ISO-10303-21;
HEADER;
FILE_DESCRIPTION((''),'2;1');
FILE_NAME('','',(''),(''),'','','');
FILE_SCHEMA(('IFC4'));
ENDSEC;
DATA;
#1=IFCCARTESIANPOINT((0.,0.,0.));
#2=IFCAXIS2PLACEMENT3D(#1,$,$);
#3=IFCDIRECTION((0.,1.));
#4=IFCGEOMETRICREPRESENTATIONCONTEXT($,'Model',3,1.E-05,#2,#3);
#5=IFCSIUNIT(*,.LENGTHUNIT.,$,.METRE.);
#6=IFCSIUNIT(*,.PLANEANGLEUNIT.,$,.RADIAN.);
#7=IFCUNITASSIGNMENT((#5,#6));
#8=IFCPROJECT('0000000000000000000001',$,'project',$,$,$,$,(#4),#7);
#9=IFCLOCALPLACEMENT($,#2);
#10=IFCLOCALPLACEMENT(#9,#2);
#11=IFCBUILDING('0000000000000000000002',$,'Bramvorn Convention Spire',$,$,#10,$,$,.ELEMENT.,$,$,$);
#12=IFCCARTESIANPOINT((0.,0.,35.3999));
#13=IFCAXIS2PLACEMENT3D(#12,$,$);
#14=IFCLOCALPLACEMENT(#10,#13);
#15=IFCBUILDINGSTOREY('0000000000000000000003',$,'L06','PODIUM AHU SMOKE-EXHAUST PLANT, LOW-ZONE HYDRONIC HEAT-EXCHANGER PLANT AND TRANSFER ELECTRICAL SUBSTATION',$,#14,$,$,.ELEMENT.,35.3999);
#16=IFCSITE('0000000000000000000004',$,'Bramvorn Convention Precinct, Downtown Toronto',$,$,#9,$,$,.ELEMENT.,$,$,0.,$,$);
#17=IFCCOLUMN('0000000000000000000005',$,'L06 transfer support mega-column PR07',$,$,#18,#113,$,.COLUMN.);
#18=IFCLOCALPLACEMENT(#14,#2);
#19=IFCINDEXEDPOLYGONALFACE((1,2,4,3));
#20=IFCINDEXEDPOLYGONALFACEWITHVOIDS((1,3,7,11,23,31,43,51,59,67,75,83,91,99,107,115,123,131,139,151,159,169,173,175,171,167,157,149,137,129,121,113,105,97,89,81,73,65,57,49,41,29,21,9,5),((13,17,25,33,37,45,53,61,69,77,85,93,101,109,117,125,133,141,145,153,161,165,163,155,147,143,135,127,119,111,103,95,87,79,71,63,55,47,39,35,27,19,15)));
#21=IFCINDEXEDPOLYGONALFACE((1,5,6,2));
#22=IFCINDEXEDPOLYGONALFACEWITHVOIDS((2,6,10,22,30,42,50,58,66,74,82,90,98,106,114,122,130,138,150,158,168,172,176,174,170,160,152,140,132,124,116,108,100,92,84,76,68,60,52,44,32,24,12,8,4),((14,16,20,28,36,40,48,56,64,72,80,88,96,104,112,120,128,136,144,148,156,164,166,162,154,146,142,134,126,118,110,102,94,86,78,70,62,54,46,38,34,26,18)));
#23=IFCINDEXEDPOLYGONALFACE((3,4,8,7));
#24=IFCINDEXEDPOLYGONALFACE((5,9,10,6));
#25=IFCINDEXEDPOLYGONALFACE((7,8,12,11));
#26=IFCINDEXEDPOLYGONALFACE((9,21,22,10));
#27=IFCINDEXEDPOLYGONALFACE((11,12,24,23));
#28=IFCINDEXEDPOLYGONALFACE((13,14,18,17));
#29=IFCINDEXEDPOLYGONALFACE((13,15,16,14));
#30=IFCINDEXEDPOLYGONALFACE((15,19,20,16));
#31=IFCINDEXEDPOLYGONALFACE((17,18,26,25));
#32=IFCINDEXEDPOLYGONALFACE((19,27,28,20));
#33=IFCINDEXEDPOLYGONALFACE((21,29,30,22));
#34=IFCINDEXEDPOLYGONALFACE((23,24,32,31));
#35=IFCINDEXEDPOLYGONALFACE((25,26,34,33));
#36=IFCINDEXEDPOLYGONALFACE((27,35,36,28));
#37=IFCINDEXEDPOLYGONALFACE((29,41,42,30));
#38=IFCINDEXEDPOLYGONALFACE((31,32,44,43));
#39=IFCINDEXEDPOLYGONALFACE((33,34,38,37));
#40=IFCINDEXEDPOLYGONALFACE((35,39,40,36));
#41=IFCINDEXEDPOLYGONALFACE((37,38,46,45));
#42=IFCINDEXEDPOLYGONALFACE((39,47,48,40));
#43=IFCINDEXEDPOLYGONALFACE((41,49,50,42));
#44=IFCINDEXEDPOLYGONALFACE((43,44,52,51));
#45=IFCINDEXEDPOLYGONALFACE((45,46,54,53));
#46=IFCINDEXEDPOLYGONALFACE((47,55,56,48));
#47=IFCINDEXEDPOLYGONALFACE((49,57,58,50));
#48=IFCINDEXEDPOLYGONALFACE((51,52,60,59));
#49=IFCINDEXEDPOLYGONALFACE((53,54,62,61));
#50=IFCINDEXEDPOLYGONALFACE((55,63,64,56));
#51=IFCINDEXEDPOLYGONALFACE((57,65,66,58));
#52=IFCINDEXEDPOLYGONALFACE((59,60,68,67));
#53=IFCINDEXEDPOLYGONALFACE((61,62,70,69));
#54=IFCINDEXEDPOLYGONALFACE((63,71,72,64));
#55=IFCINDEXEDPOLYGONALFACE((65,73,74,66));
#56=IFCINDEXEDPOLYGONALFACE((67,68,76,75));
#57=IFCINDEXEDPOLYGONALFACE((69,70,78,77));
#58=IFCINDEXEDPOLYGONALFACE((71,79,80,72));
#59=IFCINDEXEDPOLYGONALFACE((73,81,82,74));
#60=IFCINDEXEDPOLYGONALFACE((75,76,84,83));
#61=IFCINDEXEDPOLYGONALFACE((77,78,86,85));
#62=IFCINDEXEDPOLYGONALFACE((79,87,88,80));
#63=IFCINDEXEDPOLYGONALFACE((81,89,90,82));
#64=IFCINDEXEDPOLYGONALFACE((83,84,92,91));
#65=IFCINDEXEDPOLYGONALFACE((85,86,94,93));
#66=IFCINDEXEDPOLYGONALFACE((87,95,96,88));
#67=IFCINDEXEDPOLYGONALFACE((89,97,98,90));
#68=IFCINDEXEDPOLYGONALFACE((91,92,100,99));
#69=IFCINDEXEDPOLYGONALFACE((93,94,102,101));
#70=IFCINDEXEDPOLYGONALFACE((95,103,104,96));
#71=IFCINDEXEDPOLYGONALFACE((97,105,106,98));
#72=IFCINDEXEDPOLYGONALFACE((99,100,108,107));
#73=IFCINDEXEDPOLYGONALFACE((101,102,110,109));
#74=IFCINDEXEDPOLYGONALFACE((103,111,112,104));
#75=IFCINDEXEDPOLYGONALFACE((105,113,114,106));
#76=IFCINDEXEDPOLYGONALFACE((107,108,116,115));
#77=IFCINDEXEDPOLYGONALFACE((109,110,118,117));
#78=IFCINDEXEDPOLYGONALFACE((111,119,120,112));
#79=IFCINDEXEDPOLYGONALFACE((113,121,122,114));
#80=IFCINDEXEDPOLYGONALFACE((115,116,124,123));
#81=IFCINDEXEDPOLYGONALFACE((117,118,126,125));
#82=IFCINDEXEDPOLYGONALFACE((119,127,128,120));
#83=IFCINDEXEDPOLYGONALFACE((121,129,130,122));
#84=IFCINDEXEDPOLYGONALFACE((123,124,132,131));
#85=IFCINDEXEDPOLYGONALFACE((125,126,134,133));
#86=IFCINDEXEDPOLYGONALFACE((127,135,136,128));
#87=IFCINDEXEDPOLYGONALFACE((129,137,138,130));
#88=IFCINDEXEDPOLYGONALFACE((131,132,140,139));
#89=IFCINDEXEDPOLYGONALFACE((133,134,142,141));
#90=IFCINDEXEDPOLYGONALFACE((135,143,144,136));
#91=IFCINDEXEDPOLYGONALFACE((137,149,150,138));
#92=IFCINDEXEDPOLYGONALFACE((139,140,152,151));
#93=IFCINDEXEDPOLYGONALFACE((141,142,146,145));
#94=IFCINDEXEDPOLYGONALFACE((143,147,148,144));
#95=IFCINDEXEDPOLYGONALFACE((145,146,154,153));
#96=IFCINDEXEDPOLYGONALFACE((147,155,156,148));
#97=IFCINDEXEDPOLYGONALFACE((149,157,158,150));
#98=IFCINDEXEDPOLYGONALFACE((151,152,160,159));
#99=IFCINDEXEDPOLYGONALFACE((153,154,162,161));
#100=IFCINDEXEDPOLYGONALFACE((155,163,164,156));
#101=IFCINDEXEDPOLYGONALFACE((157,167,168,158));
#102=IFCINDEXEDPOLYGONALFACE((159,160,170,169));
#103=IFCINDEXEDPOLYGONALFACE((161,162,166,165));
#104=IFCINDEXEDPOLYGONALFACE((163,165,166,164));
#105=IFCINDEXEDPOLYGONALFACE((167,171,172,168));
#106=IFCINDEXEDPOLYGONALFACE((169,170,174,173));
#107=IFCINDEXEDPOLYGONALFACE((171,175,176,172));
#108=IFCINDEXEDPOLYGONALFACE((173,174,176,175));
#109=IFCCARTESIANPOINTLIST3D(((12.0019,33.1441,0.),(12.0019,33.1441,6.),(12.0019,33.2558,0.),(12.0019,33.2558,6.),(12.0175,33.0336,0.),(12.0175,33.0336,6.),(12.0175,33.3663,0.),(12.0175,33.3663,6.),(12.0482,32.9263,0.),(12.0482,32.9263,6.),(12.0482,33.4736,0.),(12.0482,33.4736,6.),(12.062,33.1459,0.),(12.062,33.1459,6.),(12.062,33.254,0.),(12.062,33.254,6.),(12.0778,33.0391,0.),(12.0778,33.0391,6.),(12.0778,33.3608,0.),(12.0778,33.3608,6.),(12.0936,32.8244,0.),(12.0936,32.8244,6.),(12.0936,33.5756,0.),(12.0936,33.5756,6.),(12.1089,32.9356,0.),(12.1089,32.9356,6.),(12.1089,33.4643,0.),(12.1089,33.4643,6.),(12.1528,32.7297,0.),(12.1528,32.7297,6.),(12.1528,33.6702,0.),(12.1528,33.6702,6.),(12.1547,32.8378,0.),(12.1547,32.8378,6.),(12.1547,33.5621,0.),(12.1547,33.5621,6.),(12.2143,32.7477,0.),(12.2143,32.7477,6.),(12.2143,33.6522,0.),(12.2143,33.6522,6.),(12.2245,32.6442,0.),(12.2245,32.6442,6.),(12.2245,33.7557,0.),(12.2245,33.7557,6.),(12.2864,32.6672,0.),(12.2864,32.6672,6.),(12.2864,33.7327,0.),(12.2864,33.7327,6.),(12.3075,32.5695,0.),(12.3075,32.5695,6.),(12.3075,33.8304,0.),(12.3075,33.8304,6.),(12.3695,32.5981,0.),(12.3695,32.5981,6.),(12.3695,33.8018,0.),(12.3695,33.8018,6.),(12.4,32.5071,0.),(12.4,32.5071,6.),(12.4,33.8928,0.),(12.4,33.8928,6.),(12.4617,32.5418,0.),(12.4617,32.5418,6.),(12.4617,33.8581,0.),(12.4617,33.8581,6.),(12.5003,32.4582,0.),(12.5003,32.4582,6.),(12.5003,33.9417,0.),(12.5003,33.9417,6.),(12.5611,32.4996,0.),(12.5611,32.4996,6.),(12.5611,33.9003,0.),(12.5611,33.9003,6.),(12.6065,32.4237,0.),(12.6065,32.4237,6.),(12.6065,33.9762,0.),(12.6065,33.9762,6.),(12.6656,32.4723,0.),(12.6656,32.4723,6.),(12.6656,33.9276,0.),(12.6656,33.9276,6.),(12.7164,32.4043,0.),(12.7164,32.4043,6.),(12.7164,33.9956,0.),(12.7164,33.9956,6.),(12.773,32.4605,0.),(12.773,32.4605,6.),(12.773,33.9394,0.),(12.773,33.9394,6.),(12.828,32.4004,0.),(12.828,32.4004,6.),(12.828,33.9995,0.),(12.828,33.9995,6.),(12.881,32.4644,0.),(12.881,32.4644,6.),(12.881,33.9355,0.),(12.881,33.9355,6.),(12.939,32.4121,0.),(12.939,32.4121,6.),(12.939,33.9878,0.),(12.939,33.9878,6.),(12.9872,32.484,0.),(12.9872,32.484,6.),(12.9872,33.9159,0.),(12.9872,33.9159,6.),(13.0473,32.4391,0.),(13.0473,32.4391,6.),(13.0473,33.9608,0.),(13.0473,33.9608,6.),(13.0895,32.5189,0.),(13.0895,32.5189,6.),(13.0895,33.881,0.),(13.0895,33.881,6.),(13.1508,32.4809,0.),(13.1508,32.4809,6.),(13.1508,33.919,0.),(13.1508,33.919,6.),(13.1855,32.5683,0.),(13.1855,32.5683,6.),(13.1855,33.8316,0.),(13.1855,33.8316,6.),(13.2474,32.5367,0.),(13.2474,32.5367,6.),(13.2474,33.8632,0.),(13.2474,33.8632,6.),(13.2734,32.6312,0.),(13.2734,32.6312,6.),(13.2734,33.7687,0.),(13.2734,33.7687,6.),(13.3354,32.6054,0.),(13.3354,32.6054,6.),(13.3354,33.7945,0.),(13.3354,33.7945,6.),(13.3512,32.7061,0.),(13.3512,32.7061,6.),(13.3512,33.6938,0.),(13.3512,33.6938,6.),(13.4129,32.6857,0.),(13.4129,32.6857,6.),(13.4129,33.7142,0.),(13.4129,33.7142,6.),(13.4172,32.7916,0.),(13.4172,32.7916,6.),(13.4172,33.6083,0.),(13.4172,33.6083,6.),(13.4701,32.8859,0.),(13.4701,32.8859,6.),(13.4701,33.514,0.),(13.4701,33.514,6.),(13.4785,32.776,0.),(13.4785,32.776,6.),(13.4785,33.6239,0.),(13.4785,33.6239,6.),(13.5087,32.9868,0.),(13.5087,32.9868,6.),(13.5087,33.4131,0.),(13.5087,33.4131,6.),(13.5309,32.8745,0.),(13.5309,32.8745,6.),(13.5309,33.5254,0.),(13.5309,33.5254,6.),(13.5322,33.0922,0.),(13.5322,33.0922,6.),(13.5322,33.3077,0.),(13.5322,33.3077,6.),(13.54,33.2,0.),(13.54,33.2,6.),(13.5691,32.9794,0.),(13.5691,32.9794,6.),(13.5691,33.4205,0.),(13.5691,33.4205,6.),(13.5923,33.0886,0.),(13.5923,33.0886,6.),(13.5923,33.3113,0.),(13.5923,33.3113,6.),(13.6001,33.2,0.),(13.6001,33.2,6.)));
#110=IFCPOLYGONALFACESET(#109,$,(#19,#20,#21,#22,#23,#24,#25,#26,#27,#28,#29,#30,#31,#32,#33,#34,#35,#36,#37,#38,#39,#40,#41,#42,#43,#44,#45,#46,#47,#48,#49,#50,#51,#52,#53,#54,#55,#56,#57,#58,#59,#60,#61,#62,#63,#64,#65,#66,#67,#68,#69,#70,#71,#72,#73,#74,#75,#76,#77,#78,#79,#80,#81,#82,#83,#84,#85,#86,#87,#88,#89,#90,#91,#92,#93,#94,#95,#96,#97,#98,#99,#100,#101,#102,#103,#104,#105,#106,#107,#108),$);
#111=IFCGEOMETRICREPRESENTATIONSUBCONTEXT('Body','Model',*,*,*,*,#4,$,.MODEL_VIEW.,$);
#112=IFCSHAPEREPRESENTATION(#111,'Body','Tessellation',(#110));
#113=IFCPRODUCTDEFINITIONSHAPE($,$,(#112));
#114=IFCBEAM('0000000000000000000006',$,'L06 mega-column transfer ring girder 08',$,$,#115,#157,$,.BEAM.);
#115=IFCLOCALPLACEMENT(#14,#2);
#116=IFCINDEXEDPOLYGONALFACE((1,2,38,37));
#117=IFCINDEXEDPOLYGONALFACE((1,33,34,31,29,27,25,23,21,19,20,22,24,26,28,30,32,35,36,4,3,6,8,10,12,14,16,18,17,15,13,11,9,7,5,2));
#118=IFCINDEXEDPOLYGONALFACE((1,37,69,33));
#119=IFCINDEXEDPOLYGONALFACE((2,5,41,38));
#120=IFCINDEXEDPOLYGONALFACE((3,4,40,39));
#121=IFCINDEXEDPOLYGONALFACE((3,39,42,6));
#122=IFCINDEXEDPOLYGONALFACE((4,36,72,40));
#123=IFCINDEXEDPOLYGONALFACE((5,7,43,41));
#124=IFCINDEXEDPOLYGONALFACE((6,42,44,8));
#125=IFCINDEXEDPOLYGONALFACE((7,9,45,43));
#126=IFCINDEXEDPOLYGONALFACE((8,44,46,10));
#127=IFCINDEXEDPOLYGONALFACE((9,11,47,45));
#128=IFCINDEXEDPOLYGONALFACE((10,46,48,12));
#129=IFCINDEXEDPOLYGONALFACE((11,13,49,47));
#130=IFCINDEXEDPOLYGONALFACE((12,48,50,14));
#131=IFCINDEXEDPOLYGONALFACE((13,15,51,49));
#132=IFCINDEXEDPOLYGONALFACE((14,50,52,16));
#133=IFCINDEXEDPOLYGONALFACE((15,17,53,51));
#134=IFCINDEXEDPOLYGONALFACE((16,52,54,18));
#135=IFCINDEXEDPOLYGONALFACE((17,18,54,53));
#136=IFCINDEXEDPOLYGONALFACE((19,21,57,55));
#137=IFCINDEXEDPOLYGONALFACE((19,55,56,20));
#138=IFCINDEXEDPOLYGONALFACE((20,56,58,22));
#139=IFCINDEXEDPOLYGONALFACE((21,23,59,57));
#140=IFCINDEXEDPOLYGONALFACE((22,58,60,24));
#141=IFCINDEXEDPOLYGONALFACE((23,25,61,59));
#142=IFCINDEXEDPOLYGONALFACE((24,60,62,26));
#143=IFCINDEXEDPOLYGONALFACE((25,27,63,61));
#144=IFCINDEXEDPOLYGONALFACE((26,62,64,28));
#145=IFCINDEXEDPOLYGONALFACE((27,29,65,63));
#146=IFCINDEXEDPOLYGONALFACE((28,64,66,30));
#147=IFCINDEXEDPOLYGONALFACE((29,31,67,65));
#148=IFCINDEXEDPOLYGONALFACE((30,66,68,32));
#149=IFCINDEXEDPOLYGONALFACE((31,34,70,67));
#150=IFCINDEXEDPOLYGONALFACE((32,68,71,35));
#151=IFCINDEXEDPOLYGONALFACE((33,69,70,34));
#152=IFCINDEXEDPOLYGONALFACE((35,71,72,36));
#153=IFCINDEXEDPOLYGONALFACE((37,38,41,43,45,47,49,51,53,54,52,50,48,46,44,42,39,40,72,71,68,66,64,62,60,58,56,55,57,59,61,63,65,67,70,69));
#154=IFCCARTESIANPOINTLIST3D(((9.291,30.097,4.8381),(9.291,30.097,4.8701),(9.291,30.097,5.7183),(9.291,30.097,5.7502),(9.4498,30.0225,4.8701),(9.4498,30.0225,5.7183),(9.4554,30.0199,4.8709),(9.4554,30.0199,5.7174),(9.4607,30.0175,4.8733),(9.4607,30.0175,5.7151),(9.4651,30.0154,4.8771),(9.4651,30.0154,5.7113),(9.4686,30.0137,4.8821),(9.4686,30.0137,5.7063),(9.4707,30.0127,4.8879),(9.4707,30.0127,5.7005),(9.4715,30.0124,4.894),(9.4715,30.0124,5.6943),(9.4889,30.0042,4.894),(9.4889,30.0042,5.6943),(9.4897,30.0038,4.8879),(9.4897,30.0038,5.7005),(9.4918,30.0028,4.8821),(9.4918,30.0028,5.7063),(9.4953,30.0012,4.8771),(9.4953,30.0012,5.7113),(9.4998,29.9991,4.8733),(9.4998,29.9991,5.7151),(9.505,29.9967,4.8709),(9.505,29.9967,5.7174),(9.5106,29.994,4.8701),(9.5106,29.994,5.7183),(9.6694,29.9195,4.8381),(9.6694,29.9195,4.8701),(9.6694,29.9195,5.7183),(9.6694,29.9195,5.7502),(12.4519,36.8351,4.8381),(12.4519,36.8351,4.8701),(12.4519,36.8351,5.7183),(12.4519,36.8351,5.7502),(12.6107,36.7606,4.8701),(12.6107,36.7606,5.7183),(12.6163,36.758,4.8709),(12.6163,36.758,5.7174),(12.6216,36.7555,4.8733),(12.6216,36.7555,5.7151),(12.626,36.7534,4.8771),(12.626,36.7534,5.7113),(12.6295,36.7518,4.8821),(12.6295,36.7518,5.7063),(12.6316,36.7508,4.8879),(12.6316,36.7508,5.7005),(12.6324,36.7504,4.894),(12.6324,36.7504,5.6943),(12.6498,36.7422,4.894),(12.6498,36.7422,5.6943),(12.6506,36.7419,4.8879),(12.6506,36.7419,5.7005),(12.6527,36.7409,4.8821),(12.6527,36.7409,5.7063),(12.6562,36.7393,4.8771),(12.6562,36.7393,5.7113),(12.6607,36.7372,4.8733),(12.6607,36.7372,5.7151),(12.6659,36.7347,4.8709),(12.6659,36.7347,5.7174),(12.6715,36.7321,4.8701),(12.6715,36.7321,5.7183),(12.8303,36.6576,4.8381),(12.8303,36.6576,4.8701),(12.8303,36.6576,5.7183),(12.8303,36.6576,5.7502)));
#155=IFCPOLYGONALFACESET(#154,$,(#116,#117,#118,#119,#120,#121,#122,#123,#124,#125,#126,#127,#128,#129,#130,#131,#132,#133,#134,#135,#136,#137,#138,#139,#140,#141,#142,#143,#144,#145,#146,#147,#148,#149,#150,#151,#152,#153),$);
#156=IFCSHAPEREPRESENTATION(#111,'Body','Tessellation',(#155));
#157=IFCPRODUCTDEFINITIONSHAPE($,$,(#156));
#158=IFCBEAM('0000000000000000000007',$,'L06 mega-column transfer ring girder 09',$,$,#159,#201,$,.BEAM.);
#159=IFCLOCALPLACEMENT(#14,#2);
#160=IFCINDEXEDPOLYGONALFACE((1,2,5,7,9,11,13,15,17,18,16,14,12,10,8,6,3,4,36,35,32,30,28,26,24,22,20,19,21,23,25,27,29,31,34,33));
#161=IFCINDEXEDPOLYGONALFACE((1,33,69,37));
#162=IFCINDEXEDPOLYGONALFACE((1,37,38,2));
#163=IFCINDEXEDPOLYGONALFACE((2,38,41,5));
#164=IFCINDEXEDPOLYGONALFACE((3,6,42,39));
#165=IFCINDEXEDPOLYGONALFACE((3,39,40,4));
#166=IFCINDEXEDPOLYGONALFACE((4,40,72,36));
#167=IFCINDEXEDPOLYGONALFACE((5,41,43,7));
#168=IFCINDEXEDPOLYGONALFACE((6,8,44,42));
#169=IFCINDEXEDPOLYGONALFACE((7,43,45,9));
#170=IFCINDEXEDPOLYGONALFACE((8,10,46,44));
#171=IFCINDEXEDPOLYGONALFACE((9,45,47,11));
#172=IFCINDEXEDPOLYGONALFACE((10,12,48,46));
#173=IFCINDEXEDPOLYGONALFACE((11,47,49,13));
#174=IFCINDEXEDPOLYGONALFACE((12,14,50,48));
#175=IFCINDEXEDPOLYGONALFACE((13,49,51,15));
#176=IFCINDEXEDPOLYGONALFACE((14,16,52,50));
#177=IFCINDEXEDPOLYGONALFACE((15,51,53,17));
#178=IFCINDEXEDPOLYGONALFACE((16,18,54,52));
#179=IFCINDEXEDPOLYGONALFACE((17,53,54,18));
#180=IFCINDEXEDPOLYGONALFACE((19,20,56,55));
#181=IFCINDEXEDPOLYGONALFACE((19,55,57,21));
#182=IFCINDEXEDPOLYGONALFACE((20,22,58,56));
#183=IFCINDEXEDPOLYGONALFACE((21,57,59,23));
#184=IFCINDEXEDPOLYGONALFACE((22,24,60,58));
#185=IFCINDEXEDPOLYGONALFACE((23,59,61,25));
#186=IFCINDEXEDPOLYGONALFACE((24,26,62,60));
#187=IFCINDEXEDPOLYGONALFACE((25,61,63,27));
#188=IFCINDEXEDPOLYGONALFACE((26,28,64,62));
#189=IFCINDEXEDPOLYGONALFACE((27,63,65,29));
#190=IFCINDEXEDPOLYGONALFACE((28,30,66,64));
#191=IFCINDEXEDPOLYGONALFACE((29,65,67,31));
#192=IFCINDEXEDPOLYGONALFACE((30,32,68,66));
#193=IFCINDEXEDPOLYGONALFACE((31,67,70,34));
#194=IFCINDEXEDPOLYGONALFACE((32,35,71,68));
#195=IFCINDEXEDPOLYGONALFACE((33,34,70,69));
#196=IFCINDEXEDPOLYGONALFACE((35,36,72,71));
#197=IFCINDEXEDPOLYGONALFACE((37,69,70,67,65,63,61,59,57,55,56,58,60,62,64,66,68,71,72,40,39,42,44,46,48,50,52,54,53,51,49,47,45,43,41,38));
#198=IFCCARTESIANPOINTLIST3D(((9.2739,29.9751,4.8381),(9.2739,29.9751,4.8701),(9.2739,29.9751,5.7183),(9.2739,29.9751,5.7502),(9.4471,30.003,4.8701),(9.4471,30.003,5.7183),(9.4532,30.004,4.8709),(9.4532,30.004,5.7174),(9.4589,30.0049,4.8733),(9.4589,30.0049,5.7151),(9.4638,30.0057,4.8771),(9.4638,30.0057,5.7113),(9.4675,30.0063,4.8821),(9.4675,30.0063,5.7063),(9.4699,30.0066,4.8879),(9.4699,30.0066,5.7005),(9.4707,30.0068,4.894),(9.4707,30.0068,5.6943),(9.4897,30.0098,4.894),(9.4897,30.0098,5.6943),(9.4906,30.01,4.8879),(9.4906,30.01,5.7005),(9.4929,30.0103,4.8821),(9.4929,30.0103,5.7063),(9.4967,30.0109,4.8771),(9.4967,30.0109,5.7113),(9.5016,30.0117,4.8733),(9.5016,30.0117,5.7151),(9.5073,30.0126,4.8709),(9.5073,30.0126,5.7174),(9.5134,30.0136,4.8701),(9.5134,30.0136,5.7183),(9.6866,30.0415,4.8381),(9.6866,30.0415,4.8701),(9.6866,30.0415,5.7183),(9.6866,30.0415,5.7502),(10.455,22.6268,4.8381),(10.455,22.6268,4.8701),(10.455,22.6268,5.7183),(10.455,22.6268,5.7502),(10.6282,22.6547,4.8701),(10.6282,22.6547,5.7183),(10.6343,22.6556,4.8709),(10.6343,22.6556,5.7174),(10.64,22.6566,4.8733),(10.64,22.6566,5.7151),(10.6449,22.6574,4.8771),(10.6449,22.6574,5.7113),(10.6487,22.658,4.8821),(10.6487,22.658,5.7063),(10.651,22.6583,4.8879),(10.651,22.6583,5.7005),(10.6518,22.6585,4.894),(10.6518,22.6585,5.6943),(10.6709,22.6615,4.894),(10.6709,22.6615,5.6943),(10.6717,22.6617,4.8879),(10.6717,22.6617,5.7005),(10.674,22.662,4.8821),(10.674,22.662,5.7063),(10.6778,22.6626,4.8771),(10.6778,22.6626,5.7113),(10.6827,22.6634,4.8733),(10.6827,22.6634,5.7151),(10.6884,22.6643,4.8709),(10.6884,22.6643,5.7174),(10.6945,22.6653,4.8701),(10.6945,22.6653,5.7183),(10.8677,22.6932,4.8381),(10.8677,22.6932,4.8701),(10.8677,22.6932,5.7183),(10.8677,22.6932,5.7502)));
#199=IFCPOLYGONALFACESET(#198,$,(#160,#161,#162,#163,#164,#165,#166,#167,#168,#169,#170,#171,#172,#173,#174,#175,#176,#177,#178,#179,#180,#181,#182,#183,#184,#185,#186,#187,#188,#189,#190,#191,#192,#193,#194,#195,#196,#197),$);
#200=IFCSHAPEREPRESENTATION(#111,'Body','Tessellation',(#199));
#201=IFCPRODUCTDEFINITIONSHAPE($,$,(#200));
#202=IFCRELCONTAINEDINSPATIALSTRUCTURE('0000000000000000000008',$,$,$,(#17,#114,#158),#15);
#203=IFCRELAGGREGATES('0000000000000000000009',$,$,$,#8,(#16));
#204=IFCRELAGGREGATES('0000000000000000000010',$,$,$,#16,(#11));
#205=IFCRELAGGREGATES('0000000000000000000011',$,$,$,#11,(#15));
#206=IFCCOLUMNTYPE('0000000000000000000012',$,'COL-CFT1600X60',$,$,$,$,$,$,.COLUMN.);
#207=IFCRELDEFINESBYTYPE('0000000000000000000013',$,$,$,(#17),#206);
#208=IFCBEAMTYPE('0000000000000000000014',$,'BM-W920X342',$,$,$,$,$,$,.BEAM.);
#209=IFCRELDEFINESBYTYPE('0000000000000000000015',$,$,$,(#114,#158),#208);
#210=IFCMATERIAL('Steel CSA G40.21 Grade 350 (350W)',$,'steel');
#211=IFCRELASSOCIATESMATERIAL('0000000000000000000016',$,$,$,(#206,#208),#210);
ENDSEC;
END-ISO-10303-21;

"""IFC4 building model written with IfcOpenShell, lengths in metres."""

from ifc_helpers import new_model, si_unit, direction, frame, origin, origin_2d, place, context, subcontext, project, spatial, hollow_circle, i_section, extrude, material, material_profile, profile_set, type_object, element, save


model = new_model("IFC4")

# Units and contexts
model_context = context("Model", 3, precision=1e-05, world=origin(), true_north=direction((0.0, 1.0)))
body_context = subcontext(model_context, "Body", "Model", "MODEL_VIEW")
ifc_project = project(units=[si_unit("LENGTHUNIT", "METRE"), si_unit("PLANEANGLEUNIT", "RADIAN")], contexts=[model_context])

# Site, building, storey
site_placement = place(None, origin())
site = spatial("IfcSite", under=ifc_project, at=site_placement, Name="Bramvorn Convention Precinct, Downtown Toronto", CompositionType="ELEMENT", RefElevation=0.0)
building_placement = place(site_placement, origin())
building = spatial("IfcBuilding", under=site, at=building_placement, Name="Bramvorn Convention Spire", CompositionType="ELEMENT")
storey_placement = place(building_placement, frame((0.0, 0.0, 35.3999)))
storey = spatial("IfcBuildingStorey", under=building, at=storey_placement, Name="L06", Description="PODIUM AHU SMOKE-EXHAUST PLANT, LOW-ZONE HYDRONIC HEAT-EXCHANGER PLANT AND TRANSFER ELECTRICAL SUBSTATION", CompositionType="ELEMENT", Elevation=35.3999)

# Column
ifc_material_1 = material(Name="Steel CSA G40.21 Grade 350 (350W)", Category="steel")
ifc_material_profile_1 = material_profile(ifc_material_1, hollow_circle(Radius=0.8, WallThickness=0.0601, at=origin_2d()))
ifc_profile_set_1 = profile_set([ifc_material_profile_1], Name="Steel CSA G40.21 Grade 350 (350W) - CFT1600X60")
column_type = type_object("IfcColumnType", Name="COL-CFT1600X60", PredefinedType="COLUMN", material=ifc_profile_set_1)
column_placement = place(storey_placement, frame((12.8, 33.2, 0.0), z_axis=(0.0, 0.0, 1.0), x_axis=(1.0, 0.0, 0.0)))
element("IfcColumn", 1, at=column_placement, inside=storey, type_object=column_type, Name="L06 transfer support mega-column PR07", PredefinedType="COLUMN", context=body_context, shape_type="SweptSolid", body=[
    extrude(hollow_circle(Radius=0.8, WallThickness=0.0601, at=origin_2d()), origin(), (0.0, 0.0, 1.0), 6.0),
])

# Beams
ifc_material_profile_2 = material_profile(ifc_material_1, i_section(OverallWidth=0.418, OverallDepth=0.9121, WebThickness=0.0193, FlangeThickness=0.032, FilletRadius=0.0239, at=origin_2d()))
ifc_profile_set_2 = profile_set([ifc_material_profile_2], Name="Steel CSA G40.21 Grade 350 (350W) - W920X342")
beam_type = type_object("IfcBeamType", Name="BM-W920X342", PredefinedType="BEAM", material=ifc_profile_set_2)
for number, where, z_axis, x_axis, name in (
    (2, (12.6411, 36.7463, 5.2942), (-0.424702, -0.905333, 0.0), (0.905333, -0.424702, 0.0), "L06 mega-column transfer ring girder 08"),
    (3, (9.4802, 30.0083, 5.2942), (0.158699, -0.987327, 0.0), (0.987327, 0.158699, 0.0), "L06 mega-column transfer ring girder 09"),
):
    element("IfcBeam", number, at=place(storey_placement, frame(where, z_axis=z_axis, x_axis=x_axis)), inside=storey, type_object=beam_type, Name=name, PredefinedType="BEAM", context=body_context, shape_type="SweptSolid", body=[
        extrude(i_section(OverallWidth=0.418, OverallDepth=0.9121, WebThickness=0.0193, FlangeThickness=0.032, FilletRadius=0.0239, at=origin_2d()), origin(), (0.0, 0.0, 1.0), 7.4426),
    ])

save(model, "model.ifc")
